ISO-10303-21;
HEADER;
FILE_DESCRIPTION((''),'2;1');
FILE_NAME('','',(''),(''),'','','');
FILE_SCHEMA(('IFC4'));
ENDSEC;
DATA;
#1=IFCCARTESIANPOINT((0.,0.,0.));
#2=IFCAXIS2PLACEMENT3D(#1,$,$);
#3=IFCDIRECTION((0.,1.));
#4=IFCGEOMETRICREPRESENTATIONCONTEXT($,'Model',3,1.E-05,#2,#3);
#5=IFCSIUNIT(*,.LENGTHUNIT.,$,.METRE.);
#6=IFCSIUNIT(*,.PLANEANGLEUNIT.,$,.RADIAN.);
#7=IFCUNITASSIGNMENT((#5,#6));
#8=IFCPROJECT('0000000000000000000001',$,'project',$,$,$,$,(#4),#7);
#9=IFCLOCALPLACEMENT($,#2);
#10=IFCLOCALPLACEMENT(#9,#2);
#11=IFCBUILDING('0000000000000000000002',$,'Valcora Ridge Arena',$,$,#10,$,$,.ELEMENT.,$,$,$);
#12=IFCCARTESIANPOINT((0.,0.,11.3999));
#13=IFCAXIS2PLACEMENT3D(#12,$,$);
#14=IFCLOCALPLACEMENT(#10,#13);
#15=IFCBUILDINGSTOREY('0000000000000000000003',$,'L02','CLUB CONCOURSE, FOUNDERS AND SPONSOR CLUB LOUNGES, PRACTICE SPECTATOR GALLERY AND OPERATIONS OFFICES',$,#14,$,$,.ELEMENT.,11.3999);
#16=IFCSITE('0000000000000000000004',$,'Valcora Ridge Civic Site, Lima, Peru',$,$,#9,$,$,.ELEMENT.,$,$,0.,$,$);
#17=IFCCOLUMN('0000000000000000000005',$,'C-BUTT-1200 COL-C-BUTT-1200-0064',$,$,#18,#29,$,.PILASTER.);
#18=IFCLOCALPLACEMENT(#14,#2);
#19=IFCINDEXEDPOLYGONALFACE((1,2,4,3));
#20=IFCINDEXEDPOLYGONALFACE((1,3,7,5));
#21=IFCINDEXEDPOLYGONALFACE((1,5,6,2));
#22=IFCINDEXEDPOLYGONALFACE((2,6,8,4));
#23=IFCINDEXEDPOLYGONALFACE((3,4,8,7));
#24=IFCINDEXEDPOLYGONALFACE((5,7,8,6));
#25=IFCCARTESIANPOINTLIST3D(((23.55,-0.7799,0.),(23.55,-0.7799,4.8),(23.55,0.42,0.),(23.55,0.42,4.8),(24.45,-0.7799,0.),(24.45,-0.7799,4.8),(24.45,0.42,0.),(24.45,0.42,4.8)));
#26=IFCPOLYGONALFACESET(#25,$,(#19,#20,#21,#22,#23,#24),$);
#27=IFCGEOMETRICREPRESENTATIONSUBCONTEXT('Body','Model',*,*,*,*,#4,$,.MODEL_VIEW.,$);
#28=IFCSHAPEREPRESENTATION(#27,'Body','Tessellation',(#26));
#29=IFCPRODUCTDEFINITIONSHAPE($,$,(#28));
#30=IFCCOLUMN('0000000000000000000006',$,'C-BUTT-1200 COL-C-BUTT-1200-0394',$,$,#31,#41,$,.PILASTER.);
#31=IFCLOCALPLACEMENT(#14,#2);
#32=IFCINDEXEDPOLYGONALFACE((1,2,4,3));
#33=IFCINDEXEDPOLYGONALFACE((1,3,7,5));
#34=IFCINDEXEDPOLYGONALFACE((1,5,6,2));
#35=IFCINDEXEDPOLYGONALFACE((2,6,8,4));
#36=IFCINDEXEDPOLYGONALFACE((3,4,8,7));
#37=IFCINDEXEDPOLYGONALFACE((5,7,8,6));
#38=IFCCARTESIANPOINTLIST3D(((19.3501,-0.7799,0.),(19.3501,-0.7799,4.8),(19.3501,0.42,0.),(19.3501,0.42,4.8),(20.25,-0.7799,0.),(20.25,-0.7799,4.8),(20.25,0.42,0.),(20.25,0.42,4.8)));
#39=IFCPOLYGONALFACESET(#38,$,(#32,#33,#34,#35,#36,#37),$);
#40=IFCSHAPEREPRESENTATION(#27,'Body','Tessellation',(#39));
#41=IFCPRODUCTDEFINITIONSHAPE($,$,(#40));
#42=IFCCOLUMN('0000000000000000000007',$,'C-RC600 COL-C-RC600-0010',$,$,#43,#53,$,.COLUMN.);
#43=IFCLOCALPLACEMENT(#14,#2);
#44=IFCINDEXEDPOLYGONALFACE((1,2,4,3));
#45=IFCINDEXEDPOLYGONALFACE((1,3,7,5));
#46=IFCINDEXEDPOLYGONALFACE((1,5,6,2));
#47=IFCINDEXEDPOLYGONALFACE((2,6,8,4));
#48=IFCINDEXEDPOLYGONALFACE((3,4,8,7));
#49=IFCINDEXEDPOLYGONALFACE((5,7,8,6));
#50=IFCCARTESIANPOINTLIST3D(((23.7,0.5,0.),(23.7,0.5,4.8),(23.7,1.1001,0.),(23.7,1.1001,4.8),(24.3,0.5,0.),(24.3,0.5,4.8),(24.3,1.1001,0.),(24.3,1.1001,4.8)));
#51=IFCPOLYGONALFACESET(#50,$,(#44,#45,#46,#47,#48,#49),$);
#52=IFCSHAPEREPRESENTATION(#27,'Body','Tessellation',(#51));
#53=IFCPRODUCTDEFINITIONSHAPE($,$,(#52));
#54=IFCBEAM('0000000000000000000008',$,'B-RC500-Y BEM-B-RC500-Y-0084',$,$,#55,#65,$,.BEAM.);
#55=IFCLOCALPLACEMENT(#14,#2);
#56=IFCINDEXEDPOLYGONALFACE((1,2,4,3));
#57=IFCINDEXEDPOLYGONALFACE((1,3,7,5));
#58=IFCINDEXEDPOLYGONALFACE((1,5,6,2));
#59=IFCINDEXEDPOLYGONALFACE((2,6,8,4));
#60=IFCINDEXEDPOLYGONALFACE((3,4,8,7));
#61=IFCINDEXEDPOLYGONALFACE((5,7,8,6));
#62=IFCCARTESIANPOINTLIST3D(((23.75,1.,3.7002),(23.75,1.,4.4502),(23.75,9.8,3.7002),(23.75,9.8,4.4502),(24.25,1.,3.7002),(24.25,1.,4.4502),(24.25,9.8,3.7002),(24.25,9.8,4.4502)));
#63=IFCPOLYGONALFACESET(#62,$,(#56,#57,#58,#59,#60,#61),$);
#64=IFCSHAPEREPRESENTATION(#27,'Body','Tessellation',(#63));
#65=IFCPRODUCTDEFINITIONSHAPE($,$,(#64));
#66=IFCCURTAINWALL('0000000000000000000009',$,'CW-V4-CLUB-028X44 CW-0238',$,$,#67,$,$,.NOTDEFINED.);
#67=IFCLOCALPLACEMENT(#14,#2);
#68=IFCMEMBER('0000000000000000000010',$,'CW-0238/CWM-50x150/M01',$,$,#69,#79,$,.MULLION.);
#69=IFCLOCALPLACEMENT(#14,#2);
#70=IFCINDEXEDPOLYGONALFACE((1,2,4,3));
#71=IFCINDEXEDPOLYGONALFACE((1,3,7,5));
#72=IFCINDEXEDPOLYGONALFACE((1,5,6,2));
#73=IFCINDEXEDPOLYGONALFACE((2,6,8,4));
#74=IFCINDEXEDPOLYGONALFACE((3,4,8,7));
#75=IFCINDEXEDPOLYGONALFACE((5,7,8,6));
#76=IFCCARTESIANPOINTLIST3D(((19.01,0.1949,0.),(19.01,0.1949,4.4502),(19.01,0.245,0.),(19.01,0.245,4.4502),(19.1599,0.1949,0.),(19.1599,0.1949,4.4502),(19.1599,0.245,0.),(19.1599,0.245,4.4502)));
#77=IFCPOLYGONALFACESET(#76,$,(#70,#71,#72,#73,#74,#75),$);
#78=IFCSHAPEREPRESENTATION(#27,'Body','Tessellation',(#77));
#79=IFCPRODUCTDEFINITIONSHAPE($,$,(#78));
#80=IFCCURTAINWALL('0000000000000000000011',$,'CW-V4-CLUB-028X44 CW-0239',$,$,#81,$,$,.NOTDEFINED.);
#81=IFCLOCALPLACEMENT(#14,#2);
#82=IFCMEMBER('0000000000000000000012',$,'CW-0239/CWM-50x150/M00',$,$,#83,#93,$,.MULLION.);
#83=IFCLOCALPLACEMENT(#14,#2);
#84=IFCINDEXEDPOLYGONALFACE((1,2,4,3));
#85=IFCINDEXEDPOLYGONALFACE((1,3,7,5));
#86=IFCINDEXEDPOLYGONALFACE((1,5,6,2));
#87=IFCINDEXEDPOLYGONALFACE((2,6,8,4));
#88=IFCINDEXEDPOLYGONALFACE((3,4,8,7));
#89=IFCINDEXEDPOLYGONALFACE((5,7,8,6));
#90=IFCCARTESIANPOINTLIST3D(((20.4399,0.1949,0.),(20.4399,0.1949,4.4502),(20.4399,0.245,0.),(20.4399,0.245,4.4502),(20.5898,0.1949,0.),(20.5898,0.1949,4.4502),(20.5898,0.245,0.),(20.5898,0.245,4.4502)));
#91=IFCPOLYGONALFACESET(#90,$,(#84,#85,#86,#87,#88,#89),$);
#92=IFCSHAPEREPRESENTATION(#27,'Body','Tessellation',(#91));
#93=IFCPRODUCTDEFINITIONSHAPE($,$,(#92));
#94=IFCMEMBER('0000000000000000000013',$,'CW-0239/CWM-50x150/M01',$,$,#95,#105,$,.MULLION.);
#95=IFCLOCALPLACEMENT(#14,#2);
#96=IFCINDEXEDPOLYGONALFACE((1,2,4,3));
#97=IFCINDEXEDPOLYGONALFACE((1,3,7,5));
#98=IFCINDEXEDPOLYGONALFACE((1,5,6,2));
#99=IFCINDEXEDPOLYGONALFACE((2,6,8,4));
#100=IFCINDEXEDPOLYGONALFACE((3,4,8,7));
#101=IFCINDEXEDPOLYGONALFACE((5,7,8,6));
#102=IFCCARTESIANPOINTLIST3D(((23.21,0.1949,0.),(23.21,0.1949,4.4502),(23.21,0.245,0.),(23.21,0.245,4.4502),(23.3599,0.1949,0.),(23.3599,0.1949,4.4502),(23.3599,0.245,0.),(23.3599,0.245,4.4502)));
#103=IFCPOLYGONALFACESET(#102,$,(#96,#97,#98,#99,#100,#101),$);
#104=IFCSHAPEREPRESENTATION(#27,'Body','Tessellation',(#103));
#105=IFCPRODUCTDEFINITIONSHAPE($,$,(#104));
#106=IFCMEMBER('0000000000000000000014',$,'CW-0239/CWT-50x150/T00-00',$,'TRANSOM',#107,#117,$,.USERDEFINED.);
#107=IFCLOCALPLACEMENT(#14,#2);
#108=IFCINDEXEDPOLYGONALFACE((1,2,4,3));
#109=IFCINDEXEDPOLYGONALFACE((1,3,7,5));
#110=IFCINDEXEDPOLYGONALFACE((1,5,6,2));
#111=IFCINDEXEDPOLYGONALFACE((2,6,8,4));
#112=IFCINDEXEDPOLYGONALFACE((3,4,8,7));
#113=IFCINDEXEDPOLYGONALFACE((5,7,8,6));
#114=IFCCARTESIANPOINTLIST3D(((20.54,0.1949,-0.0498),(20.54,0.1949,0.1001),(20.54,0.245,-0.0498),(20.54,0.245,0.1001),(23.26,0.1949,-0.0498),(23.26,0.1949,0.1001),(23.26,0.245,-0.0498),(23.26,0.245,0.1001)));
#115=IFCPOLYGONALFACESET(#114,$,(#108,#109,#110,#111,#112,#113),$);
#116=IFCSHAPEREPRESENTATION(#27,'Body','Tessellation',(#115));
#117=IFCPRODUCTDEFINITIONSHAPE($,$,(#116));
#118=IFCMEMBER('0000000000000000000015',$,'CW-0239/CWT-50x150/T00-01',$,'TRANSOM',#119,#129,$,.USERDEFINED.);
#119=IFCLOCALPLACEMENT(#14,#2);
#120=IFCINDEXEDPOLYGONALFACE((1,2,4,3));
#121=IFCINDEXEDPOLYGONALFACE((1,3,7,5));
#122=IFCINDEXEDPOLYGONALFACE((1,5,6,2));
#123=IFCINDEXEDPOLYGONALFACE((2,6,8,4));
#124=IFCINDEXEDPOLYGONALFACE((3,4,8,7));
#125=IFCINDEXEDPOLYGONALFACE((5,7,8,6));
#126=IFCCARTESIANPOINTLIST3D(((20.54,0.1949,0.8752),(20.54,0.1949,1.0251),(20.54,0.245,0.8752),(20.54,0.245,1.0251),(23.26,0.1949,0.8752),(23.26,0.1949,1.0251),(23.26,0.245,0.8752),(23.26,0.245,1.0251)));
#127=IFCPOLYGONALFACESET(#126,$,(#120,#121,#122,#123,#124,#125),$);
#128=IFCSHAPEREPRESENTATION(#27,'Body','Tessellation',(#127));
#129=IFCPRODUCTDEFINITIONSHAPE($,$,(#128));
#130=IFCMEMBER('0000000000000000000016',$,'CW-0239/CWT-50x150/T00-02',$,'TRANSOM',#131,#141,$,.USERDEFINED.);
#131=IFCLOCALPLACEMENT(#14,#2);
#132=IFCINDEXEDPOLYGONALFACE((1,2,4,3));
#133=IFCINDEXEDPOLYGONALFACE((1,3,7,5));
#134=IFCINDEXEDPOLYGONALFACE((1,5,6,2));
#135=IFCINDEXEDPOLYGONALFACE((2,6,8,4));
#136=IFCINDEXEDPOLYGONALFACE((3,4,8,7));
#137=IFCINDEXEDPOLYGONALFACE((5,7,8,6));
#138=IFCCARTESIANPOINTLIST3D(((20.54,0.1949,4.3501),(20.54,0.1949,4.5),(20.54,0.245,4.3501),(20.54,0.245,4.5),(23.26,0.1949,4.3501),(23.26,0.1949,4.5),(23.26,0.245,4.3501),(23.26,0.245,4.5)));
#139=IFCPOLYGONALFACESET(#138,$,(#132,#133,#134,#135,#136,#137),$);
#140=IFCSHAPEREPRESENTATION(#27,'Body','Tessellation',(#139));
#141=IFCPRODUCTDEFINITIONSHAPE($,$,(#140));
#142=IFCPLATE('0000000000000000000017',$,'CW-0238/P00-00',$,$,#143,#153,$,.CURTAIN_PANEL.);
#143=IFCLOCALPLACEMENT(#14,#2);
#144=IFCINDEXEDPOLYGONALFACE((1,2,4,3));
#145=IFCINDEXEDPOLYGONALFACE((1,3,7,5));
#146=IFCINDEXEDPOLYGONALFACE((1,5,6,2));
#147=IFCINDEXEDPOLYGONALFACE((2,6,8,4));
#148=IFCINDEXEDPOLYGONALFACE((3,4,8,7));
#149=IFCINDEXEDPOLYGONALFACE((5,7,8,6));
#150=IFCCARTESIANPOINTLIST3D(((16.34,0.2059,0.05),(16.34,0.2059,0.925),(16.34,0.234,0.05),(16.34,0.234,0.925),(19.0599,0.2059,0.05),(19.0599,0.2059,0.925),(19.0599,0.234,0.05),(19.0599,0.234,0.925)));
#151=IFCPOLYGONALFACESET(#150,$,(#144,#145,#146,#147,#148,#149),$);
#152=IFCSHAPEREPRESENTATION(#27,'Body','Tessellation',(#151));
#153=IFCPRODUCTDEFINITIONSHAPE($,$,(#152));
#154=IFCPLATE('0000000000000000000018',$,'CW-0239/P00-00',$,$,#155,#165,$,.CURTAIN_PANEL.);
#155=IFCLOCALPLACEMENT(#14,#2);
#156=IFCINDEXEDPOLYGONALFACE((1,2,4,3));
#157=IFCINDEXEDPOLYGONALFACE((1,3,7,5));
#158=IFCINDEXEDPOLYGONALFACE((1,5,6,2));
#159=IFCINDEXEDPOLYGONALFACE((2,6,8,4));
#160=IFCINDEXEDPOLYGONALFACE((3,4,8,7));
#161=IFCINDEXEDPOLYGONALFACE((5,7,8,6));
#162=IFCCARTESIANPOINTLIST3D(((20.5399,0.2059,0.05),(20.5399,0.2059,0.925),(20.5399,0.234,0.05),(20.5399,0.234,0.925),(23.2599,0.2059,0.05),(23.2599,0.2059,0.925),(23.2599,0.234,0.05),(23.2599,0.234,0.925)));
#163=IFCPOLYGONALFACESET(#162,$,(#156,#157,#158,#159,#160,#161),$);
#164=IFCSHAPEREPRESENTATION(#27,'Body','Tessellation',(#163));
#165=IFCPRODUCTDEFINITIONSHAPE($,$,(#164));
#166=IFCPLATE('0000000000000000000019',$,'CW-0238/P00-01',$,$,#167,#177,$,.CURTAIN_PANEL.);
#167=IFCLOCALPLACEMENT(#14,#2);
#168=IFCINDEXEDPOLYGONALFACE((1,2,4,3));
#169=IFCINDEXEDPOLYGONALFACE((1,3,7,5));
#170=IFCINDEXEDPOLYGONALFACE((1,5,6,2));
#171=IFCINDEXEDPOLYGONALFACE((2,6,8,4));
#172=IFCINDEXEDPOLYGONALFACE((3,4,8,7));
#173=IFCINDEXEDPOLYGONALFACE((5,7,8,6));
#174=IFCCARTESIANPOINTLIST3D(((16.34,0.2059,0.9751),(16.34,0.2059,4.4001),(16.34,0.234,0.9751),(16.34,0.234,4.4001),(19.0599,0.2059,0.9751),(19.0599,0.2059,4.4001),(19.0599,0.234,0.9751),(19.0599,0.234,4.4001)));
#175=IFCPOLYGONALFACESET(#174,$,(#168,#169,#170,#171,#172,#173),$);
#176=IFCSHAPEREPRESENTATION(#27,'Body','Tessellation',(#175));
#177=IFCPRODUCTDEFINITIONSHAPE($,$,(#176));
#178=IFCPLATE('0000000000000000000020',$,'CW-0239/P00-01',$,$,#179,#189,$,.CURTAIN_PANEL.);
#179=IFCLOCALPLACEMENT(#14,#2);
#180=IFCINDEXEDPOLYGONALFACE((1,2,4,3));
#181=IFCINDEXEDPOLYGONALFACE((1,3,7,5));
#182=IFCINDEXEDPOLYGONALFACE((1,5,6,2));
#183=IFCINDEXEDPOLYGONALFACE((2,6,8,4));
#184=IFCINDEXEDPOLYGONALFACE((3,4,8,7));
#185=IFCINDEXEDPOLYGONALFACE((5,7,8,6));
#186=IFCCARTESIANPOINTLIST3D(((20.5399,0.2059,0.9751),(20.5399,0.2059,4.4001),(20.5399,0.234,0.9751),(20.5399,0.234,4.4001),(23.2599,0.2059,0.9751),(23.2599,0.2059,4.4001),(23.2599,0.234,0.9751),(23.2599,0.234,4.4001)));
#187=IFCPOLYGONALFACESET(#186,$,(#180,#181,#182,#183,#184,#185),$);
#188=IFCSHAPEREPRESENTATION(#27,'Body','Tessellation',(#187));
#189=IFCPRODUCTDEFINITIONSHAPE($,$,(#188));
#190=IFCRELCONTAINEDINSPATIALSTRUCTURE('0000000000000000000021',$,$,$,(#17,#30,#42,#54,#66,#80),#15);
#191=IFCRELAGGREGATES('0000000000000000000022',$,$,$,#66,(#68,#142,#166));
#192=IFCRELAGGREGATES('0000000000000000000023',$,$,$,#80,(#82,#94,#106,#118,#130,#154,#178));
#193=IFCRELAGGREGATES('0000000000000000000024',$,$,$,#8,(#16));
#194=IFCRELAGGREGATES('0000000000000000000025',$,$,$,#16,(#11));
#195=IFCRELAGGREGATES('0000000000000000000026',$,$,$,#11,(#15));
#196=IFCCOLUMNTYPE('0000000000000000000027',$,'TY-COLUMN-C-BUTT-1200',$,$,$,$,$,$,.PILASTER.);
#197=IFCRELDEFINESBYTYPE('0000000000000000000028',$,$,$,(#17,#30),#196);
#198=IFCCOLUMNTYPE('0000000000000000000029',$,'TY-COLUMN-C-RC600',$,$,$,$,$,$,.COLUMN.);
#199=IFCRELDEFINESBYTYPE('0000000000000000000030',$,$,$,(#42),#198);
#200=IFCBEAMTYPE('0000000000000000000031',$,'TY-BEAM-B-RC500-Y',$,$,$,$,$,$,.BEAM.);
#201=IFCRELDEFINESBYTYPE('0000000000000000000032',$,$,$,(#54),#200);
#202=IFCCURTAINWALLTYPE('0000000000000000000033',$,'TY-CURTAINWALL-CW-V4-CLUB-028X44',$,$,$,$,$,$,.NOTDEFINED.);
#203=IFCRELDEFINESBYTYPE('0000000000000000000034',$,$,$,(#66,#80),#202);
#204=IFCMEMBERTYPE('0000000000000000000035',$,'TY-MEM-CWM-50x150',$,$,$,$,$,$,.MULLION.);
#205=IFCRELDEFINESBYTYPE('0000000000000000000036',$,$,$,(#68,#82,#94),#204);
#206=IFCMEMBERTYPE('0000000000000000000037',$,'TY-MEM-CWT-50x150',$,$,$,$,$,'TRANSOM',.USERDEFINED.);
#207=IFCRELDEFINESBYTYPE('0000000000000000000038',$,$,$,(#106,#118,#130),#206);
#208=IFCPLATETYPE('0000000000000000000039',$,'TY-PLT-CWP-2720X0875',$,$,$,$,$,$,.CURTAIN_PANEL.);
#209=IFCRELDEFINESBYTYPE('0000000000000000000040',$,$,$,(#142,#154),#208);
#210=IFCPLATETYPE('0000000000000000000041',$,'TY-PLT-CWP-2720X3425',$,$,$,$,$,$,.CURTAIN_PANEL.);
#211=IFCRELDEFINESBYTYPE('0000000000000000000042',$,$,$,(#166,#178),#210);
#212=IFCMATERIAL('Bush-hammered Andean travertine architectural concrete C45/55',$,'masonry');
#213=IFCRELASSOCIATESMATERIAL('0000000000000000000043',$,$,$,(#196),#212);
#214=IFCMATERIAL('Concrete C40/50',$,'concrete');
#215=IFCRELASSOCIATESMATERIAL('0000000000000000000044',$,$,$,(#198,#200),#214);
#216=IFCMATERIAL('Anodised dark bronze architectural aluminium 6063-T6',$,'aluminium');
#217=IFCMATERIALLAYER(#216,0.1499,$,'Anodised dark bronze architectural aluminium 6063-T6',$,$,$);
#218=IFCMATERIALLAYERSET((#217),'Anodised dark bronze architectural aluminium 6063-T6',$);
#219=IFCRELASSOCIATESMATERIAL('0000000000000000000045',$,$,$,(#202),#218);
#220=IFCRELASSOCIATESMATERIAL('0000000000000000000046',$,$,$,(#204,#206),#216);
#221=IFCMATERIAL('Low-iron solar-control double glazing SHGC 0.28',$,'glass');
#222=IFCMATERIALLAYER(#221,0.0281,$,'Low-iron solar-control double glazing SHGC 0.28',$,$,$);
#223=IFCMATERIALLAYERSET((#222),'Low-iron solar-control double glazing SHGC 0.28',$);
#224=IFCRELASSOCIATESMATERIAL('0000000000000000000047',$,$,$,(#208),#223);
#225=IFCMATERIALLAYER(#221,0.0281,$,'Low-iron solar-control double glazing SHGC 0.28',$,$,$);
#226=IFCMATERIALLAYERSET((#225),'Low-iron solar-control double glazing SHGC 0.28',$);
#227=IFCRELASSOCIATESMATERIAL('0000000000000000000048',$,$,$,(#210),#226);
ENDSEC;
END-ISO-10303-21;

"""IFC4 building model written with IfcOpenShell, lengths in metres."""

from ifc_helpers import new_model, si_unit, direction, frame, origin, origin_2d, place, context, subcontext, project, spatial, rectangle, extrude, material, layer, layer_set, material_profile, profile_set, type_object, element, aggregate, save


model = new_model("IFC4")

# Units and contexts
model_context = context("Model", 3, precision=1e-05, world=origin(), true_north=direction((0.0, 1.0)))
body_context = subcontext(model_context, "Body", "Model", "MODEL_VIEW")
ifc_project = project(units=[si_unit("LENGTHUNIT", "METRE"), si_unit("PLANEANGLEUNIT", "RADIAN")], contexts=[model_context])

# Site, building, storey
site_placement = place(None, origin())
site = spatial("IfcSite", under=ifc_project, at=site_placement, Name="Valcora Ridge Civic Site, Lima, Peru", CompositionType="ELEMENT", RefElevation=0.0)
building_placement = place(site_placement, origin())
building = spatial("IfcBuilding", under=site, at=building_placement, Name="Valcora Ridge Arena", CompositionType="ELEMENT")
storey_placement = place(building_placement, frame((0.0, 0.0, 11.3999)))
storey = spatial("IfcBuildingStorey", under=building, at=storey_placement, Name="L02", Description="CLUB CONCOURSE, FOUNDERS AND SPONSOR CLUB LOUNGES, PRACTICE SPECTATOR GALLERY AND OPERATIONS OFFICES", CompositionType="ELEMENT", Elevation=11.3999)

# Columns
ifc_material_1 = material(Name="Bush-hammered Andean travertine architectural concrete C45/55", Category="masonry")
ifc_material_profile_1 = material_profile(ifc_material_1, rectangle(XDim=0.8999, YDim=1.2, at=origin_2d()), Name="RC 900x1200")
ifc_profile_set_1 = profile_set([ifc_material_profile_1], Name="Bush-hammered Andean travertine architectural concrete C45/55")
column_type_1 = type_object("IfcColumnType", Name="TY-COLUMN-C-BUTT-1200", PredefinedType="PILASTER", material=ifc_profile_set_1)
for number, where, z_axis, x_axis, name in (
    (1, (24.0, -0.1799, 0.0), (0.0, 0.0, 1.0), (1.0, 0.0, 0.0), "C-BUTT-1200 COL-C-BUTT-1200-0064"),
    (2, (19.8, -0.1799, 0.0), (0.0, 0.0, 1.0), (1.0, 0.0, 0.0), "C-BUTT-1200 COL-C-BUTT-1200-0394"),
):
    element("IfcColumn", number, at=place(storey_placement, frame(where, z_axis=z_axis, x_axis=x_axis)), inside=storey, type_object=column_type_1, Name=name, PredefinedType="PILASTER", context=body_context, shape_type="SweptSolid", body=[
        extrude(rectangle(XDim=0.8999, YDim=1.2, at=origin_2d()), origin(), (0.0, 0.0, 1.0), 4.8),
    ])
ifc_material_2 = material(Name="Concrete C40/50", Category="concrete")
ifc_material_profile_2 = material_profile(ifc_material_2, rectangle(XDim=0.6001, YDim=0.6001, at=origin_2d()), Name="RC 600x600")
ifc_profile_set_2 = profile_set([ifc_material_profile_2], Name="Concrete C40/50")
column_type_2 = type_object("IfcColumnType", Name="TY-COLUMN-C-RC600", PredefinedType="COLUMN", material=ifc_profile_set_2)
column_placement = place(storey_placement, frame((24.0, 0.8, 0.0), z_axis=(0.0, 0.0, 1.0), x_axis=(1.0, 0.0, 0.0)))
element("IfcColumn", 3, at=column_placement, inside=storey, type_object=column_type_2, Name="C-RC600 COL-C-RC600-0010", PredefinedType="COLUMN", context=body_context, shape_type="SweptSolid", body=[
    extrude(rectangle(XDim=0.6001, YDim=0.6001, at=origin_2d()), origin(), (0.0, 0.0, 1.0), 4.8),
])

# Beam
ifc_material_profile_3 = material_profile(ifc_material_2, rectangle(XDim=0.5, YDim=0.75, at=origin_2d()), Name="RC 500x750")
ifc_profile_set_3 = profile_set([ifc_material_profile_3], Name="Concrete C40/50")
beam_type = type_object("IfcBeamType", Name="TY-BEAM-B-RC500-Y", PredefinedType="BEAM", material=ifc_profile_set_3)
beam_placement = place(storey_placement, frame((24.0, 1.0, 4.0752), z_axis=(0.0, 1.0, 0.0), x_axis=(-1.0, 0.0, 0.0)))
element("IfcBeam", 4, at=beam_placement, inside=storey, type_object=beam_type, Name="B-RC500-Y BEM-B-RC500-Y-0084", PredefinedType="BEAM", context=body_context, shape_type="SweptSolid", body=[
    extrude(rectangle(XDim=0.5, YDim=0.75, at=origin_2d()), origin(), (0.0, 0.0, 1.0), 8.8),
])

# Curtain wall, member
ifc_material_3 = material(Name="Anodised dark bronze architectural aluminium 6063-T6", Category="aluminium")
ifc_layer_1 = layer(ifc_material_3, 0.1499, Name="Anodised dark bronze architectural aluminium 6063-T6")
ifc_layer_set_1 = layer_set([ifc_layer_1], Name="Anodised dark bronze architectural aluminium 6063-T6")
curtain_wall_type = type_object("IfcCurtainWallType", Name="TY-CURTAINWALL-CW-V4-CLUB-028X44", PredefinedType="NOTDEFINED", material=ifc_layer_set_1)
curtain_wall_1_placement = place(storey_placement, origin())
curtain_wall_1 = element("IfcCurtainWall", 5, at=curtain_wall_1_placement, inside=storey, type_object=curtain_wall_type, Name="CW-V4-CLUB-028X44 CW-0238", PredefinedType="NOTDEFINED")
ifc_material_profile_4 = material_profile(ifc_material_3, rectangle(XDim=0.05, YDim=0.1499, at=origin_2d()), Name="ALU MULLION 50x150")
ifc_profile_set_4 = profile_set([ifc_material_profile_4], Name="Anodised dark bronze architectural aluminium 6063-T6")
member_type_1 = type_object("IfcMemberType", Name="TY-MEM-CWM-50x150", PredefinedType="MULLION", material=ifc_profile_set_4)
member_1_placement = place(storey_placement, frame((19.085, 0.22, 0.0), z_axis=(0.0, 0.0, 1.0), x_axis=(0.0, 1.0, 0.0)))
member_1 = element("IfcMember", 6, at=member_1_placement, type_object=member_type_1, Name="CW-0238/CWM-50x150/M01", PredefinedType="MULLION", context=body_context, shape_type="SweptSolid", body=[
    extrude(rectangle(XDim=0.05, YDim=0.1499, at=origin_2d()), origin(), (0.0, 0.0, 1.0), 4.4502),
])

# Curtain wall, members
curtain_wall_2_placement = place(storey_placement, origin())
curtain_wall_2 = element("IfcCurtainWall", 7, at=curtain_wall_2_placement, inside=storey, type_object=curtain_wall_type, Name="CW-V4-CLUB-028X44 CW-0239", PredefinedType="NOTDEFINED")
member_2_placement = place(storey_placement, frame((20.5149, 0.22, 0.0), z_axis=(0.0, 0.0, 1.0), x_axis=(0.0, 1.0, 0.0)))
member_2 = element("IfcMember", 8, at=member_2_placement, type_object=member_type_1, Name="CW-0239/CWM-50x150/M00", PredefinedType="MULLION", context=body_context, shape_type="SweptSolid", body=[
    extrude(rectangle(XDim=0.05, YDim=0.1499, at=origin_2d()), origin(), (0.0, 0.0, 1.0), 4.4502),
])
member_3_placement = place(storey_placement, frame((23.2849, 0.22, 0.0), z_axis=(0.0, 0.0, 1.0), x_axis=(0.0, 1.0, 0.0)))
member_3 = element("IfcMember", 9, at=member_3_placement, type_object=member_type_1, Name="CW-0239/CWM-50x150/M01", PredefinedType="MULLION", context=body_context, shape_type="SweptSolid", body=[
    extrude(rectangle(XDim=0.05, YDim=0.1499, at=origin_2d()), origin(), (0.0, 0.0, 1.0), 4.4502),
])
ifc_material_profile_5 = material_profile(ifc_material_3, rectangle(XDim=0.05, YDim=0.1499, at=origin_2d()), Name="ALU TRANSOM 50x150")
ifc_profile_set_5 = profile_set([ifc_material_profile_5], Name="Anodised dark bronze architectural aluminium 6063-T6")
member_type_2 = type_object("IfcMemberType", Name="TY-MEM-CWT-50x150", ElementType="TRANSOM", PredefinedType="USERDEFINED", material=ifc_profile_set_5)
member_4_placement = place(storey_placement, frame((20.54, 0.22, 0.0251), z_axis=(1.0, 0.0, 0.0), x_axis=(0.0, 1.0, 0.0)))
member_4 = element("IfcMember", 10, at=member_4_placement, type_object=member_type_2, Name="CW-0239/CWT-50x150/T00-00", ObjectType="TRANSOM", PredefinedType="USERDEFINED", context=body_context, shape_type="SweptSolid", body=[
    extrude(rectangle(XDim=0.05, YDim=0.1499, at=origin_2d()), origin(), (0.0, 0.0, 1.0), 2.72),
])
member_5_placement = place(storey_placement, frame((20.54, 0.22, 0.9502), z_axis=(1.0, 0.0, 0.0), x_axis=(0.0, 1.0, 0.0)))
member_5 = element("IfcMember", 11, at=member_5_placement, type_object=member_type_2, Name="CW-0239/CWT-50x150/T00-01", ObjectType="TRANSOM", PredefinedType="USERDEFINED", context=body_context, shape_type="SweptSolid", body=[
    extrude(rectangle(XDim=0.05, YDim=0.1499, at=origin_2d()), origin(), (0.0, 0.0, 1.0), 2.72),
])
member_6_placement = place(storey_placement, frame((20.54, 0.22, 4.425), z_axis=(1.0, 0.0, 0.0), x_axis=(0.0, 1.0, 0.0)))
member_6 = element("IfcMember", 12, at=member_6_placement, type_object=member_type_2, Name="CW-0239/CWT-50x150/T00-02", ObjectType="TRANSOM", PredefinedType="USERDEFINED", context=body_context, shape_type="SweptSolid", body=[
    extrude(rectangle(XDim=0.05, YDim=0.1499, at=origin_2d()), origin(), (0.0, 0.0, 1.0), 2.72),
])

# Plates
ifc_material_4 = material(Name="Low-iron solar-control double glazing SHGC 0.28", Category="glass")
ifc_layer_2 = layer(ifc_material_4, 0.0281, Name="Low-iron solar-control double glazing SHGC 0.28")
ifc_layer_set_2 = layer_set([ifc_layer_2], Name="Low-iron solar-control double glazing SHGC 0.28")
plate_type_1 = type_object("IfcPlateType", Name="TY-PLT-CWP-2720X0875", PredefinedType="CURTAIN_PANEL", material=ifc_layer_set_2)
plate_1_placement = place(storey_placement, frame((17.7, 0.22, 0.05), z_axis=(0.0, 0.0, 1.0), x_axis=(1.0, 0.0, 0.0)))
plate_1 = element("IfcPlate", 13, at=plate_1_placement, type_object=plate_type_1, Name="CW-0238/P00-00", PredefinedType="CURTAIN_PANEL", context=body_context, shape_type="SweptSolid", body=[
    extrude(rectangle(XDim=2.72, YDim=0.0281, at=origin_2d()), origin(), (0.0, 0.0, 1.0), 0.875),
])
plate_2_placement = place(storey_placement, frame((21.8999, 0.22, 0.05), z_axis=(0.0, 0.0, 1.0), x_axis=(1.0, 0.0, 0.0)))
plate_2 = element("IfcPlate", 14, at=plate_2_placement, type_object=plate_type_1, Name="CW-0239/P00-00", PredefinedType="CURTAIN_PANEL", context=body_context, shape_type="SweptSolid", body=[
    extrude(rectangle(XDim=2.72, YDim=0.0281, at=origin_2d()), origin(), (0.0, 0.0, 1.0), 0.875),
])
ifc_layer_3 = layer(ifc_material_4, 0.0281, Name="Low-iron solar-control double glazing SHGC 0.28")
ifc_layer_set_3 = layer_set([ifc_layer_3], Name="Low-iron solar-control double glazing SHGC 0.28")
plate_type_2 = type_object("IfcPlateType", Name="TY-PLT-CWP-2720X3425", PredefinedType="CURTAIN_PANEL", material=ifc_layer_set_3)
plate_3_placement = place(storey_placement, frame((17.7, 0.22, 0.9751), z_axis=(0.0, 0.0, 1.0), x_axis=(1.0, 0.0, 0.0)))
plate_3 = element("IfcPlate", 15, at=plate_3_placement, type_object=plate_type_2, Name="CW-0238/P00-01", PredefinedType="CURTAIN_PANEL", context=body_context, shape_type="SweptSolid", body=[
    extrude(rectangle(XDim=2.72, YDim=0.0281, at=origin_2d()), origin(), (0.0, 0.0, 1.0), 3.425),
])
aggregate(curtain_wall_1, [member_1, plate_1, plate_3])
plate_4_placement = place(storey_placement, frame((21.8999, 0.22, 0.9751), z_axis=(0.0, 0.0, 1.0), x_axis=(1.0, 0.0, 0.0)))
plate_4 = element("IfcPlate", 16, at=plate_4_placement, type_object=plate_type_2, Name="CW-0239/P00-01", PredefinedType="CURTAIN_PANEL", context=body_context, shape_type="SweptSolid", body=[
    extrude(rectangle(XDim=2.72, YDim=0.0281, at=origin_2d()), origin(), (0.0, 0.0, 1.0), 3.425),
])
aggregate(curtain_wall_2, [member_2, member_3, member_4, member_5, member_6, plate_2, plate_4])

save(model, "model.ifc")
